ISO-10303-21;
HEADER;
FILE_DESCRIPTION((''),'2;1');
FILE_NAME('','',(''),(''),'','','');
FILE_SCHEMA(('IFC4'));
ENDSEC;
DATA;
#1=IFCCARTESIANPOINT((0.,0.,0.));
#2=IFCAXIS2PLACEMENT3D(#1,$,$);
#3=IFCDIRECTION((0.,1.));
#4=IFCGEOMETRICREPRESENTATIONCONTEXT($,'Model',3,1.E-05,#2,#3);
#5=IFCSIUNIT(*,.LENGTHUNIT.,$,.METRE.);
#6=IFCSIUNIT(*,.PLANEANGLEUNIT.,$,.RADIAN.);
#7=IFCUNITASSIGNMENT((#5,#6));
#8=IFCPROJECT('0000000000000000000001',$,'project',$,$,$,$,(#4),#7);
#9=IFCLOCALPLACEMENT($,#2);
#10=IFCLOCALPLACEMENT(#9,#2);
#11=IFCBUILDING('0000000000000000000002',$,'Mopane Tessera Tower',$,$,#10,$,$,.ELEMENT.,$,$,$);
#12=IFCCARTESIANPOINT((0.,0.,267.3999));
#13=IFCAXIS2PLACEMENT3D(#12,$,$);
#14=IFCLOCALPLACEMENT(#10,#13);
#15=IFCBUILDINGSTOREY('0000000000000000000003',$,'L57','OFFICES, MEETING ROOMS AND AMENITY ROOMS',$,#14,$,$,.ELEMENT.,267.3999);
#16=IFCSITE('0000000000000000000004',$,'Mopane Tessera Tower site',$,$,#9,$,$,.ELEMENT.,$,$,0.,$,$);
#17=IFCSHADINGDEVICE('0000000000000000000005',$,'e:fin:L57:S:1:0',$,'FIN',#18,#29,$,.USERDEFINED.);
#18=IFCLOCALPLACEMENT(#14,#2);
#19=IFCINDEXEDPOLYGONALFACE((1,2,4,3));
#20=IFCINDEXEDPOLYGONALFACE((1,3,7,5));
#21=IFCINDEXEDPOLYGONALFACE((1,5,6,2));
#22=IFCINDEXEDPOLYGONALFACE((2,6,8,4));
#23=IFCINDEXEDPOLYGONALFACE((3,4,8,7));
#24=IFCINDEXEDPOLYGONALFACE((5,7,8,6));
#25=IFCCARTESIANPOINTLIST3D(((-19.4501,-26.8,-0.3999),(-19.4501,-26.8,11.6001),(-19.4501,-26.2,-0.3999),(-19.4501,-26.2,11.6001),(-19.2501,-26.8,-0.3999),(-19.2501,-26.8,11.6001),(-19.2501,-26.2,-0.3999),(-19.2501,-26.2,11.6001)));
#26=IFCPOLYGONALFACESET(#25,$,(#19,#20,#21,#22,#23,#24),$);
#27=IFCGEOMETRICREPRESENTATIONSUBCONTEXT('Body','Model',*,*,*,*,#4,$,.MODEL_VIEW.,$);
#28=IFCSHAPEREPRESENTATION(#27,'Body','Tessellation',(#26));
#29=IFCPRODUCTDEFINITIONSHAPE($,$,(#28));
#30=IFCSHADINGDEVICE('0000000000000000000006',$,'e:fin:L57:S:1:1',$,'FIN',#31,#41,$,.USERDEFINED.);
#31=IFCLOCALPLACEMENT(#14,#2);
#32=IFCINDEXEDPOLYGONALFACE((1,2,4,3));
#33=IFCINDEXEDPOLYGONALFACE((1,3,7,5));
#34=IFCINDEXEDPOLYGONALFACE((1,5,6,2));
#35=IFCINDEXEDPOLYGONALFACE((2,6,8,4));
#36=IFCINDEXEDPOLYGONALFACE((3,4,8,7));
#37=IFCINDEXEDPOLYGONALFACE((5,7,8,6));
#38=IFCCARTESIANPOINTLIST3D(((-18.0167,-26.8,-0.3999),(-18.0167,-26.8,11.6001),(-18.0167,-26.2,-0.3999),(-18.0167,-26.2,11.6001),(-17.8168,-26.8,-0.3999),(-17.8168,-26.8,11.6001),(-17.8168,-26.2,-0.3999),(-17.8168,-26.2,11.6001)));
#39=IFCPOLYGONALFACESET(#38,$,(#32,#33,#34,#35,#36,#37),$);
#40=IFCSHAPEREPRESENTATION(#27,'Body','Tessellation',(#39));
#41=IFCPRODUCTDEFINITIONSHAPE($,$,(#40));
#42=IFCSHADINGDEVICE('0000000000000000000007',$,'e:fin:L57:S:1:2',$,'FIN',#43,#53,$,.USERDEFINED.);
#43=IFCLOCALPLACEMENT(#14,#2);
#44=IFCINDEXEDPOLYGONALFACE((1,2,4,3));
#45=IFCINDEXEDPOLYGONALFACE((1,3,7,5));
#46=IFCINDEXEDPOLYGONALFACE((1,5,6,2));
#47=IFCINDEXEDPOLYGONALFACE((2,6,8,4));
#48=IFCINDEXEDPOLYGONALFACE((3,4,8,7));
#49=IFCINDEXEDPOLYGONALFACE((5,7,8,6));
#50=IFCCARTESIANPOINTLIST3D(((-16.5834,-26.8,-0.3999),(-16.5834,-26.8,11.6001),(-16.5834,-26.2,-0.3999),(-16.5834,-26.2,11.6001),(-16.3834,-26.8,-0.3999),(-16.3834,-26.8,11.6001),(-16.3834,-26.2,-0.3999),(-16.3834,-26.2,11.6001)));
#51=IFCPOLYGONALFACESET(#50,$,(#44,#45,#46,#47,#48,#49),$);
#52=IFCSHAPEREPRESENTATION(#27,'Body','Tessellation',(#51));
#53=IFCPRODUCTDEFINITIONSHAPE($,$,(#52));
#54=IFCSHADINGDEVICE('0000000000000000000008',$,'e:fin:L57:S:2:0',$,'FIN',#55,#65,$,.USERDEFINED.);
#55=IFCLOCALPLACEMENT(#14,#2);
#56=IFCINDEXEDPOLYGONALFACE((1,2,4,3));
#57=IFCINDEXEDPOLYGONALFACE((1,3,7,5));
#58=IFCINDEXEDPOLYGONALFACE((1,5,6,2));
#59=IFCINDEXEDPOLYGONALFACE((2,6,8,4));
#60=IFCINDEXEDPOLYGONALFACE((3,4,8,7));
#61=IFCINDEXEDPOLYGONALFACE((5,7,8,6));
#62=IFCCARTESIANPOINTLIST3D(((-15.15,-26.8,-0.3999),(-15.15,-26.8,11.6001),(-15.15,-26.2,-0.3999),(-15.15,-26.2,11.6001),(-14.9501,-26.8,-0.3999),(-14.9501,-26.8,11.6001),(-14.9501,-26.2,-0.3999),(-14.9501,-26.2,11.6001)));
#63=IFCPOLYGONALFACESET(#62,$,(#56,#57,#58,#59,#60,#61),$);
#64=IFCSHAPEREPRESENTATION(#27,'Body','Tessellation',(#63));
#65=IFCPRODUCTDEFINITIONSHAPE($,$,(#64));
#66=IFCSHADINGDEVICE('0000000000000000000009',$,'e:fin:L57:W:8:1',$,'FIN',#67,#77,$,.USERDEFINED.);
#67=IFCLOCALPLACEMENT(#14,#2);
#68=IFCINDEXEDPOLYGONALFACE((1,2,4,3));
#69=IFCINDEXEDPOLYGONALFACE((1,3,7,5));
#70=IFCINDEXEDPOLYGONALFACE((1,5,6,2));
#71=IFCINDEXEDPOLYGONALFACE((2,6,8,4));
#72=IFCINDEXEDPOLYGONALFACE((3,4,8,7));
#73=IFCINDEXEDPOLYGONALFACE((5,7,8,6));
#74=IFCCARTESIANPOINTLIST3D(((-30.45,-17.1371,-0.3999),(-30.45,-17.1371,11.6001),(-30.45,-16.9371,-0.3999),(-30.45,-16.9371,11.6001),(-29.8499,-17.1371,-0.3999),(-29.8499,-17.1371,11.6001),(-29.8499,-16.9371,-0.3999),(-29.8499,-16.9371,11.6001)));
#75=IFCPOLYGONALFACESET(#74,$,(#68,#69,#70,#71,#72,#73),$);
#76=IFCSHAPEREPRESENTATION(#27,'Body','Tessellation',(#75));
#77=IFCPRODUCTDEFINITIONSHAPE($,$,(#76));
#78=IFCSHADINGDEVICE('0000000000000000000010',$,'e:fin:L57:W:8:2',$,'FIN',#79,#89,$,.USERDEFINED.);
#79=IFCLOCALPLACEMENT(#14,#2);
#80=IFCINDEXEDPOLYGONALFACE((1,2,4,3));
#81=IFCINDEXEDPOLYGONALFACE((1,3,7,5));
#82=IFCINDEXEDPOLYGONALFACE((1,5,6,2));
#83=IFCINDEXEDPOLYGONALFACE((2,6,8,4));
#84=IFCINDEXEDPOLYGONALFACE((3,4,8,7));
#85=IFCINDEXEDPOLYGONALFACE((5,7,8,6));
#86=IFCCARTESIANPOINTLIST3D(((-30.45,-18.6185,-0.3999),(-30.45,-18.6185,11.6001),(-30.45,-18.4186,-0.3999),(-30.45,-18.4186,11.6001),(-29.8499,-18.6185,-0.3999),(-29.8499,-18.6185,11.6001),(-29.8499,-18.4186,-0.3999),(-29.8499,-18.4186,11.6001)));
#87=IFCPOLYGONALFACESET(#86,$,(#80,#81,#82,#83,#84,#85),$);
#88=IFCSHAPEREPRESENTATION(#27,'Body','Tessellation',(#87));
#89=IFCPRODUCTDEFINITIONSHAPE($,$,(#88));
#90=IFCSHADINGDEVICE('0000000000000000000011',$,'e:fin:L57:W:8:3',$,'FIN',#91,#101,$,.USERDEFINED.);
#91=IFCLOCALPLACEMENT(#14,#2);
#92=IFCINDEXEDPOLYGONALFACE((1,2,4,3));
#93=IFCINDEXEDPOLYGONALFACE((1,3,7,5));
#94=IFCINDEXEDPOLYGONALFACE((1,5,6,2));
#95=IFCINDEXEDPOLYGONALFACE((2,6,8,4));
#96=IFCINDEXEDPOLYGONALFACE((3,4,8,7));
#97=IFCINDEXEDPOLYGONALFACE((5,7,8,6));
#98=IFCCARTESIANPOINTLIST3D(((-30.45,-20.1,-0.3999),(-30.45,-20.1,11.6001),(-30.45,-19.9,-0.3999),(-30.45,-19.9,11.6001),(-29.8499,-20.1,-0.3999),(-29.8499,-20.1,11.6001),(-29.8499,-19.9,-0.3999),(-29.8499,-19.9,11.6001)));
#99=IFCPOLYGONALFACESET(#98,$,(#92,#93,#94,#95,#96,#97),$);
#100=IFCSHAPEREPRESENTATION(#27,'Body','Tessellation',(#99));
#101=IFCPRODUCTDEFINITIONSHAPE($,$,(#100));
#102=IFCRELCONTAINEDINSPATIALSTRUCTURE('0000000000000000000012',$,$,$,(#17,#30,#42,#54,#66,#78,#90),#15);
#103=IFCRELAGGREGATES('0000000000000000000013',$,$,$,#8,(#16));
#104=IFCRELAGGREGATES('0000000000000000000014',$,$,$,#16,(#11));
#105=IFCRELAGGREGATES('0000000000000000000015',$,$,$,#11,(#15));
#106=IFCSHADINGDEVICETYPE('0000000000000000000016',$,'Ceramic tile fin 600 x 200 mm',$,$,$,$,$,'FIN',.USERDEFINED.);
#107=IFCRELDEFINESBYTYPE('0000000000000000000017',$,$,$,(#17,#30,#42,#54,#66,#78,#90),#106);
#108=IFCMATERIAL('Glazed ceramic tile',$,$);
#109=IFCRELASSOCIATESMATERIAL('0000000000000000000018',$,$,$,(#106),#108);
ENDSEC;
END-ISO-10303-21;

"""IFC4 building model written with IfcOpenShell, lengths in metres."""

from ifc_helpers import new_model, si_unit, direction, frame, origin, origin_2d, place, context, subcontext, project, spatial, rectangle, extrude, material, type_object, element, save


model = new_model("IFC4")

# Units and contexts
model_context = context("Model", 3, precision=1e-05, world=origin(), true_north=direction((0.0, 1.0)))
body_context = subcontext(model_context, "Body", "Model", "MODEL_VIEW")
ifc_project = project(units=[si_unit("LENGTHUNIT", "METRE"), si_unit("PLANEANGLEUNIT", "RADIAN")], contexts=[model_context])

# Site, building, storey
site_placement = place(None, origin())
site = spatial("IfcSite", under=ifc_project, at=site_placement, Name="Mopane Tessera Tower site", CompositionType="ELEMENT", RefElevation=0.0)
building_placement = place(site_placement, origin())
building = spatial("IfcBuilding", under=site, at=building_placement, Name="Mopane Tessera Tower", CompositionType="ELEMENT")
storey_placement = place(building_placement, frame((0.0, 0.0, 267.3999)))
storey = spatial("IfcBuildingStorey", under=building, at=storey_placement, Name="L57", Description="OFFICES, MEETING ROOMS AND AMENITY ROOMS", CompositionType="ELEMENT", Elevation=267.3999)

# Shading devices
ifc_material_1 = material(Name="Glazed ceramic tile")
shading_device_type = type_object("IfcShadingDeviceType", Name="Ceramic tile fin 600 x 200 mm", ElementType="FIN", PredefinedType="USERDEFINED", material=ifc_material_1)
for number, where, z_axis, x_axis, name in (
    (1, (-19.3501, -26.5, -0.3999), (0.0, 0.0, 1.0), (1.0, 0.0, 0.0), "e:fin:L57:S:1:0"),
    (2, (-17.9167, -26.5, -0.3999), (0.0, 0.0, 1.0), (1.0, 0.0, 0.0), "e:fin:L57:S:1:1"),
    (3, (-16.4834, -26.5, -0.3999), (0.0, 0.0, 1.0), (1.0, 0.0, 0.0), "e:fin:L57:S:1:2"),
    (4, (-15.05, -26.5, -0.3999), (0.0, 0.0, 1.0), (1.0, 0.0, 0.0), "e:fin:L57:S:2:0"),
    (5, (-30.1499, -17.0371, -0.3999), (0.0, 0.0, 1.0), (0.0, -1.0, 0.0), "e:fin:L57:W:8:1"),
    (6, (-30.1499, -18.5186, -0.3999), (0.0, 0.0, 1.0), (0.0, -1.0, 0.0), "e:fin:L57:W:8:2"),
    (7, (-30.1499, -20.0, -0.3999), (0.0, 0.0, 1.0), (0.0, -1.0, 0.0), "e:fin:L57:W:8:3"),
):
    element("IfcShadingDevice", number, at=place(storey_placement, frame(where, z_axis=z_axis, x_axis=x_axis)), inside=storey, type_object=shading_device_type, Name=name, ObjectType="FIN", PredefinedType="USERDEFINED", context=body_context, shape_type="SweptSolid", body=[
        extrude(rectangle(XDim=0.2, YDim=0.6001, at=origin_2d()), origin(), (0.0, 0.0, 1.0), 12.0),
    ])

save(model, "model.ifc")
